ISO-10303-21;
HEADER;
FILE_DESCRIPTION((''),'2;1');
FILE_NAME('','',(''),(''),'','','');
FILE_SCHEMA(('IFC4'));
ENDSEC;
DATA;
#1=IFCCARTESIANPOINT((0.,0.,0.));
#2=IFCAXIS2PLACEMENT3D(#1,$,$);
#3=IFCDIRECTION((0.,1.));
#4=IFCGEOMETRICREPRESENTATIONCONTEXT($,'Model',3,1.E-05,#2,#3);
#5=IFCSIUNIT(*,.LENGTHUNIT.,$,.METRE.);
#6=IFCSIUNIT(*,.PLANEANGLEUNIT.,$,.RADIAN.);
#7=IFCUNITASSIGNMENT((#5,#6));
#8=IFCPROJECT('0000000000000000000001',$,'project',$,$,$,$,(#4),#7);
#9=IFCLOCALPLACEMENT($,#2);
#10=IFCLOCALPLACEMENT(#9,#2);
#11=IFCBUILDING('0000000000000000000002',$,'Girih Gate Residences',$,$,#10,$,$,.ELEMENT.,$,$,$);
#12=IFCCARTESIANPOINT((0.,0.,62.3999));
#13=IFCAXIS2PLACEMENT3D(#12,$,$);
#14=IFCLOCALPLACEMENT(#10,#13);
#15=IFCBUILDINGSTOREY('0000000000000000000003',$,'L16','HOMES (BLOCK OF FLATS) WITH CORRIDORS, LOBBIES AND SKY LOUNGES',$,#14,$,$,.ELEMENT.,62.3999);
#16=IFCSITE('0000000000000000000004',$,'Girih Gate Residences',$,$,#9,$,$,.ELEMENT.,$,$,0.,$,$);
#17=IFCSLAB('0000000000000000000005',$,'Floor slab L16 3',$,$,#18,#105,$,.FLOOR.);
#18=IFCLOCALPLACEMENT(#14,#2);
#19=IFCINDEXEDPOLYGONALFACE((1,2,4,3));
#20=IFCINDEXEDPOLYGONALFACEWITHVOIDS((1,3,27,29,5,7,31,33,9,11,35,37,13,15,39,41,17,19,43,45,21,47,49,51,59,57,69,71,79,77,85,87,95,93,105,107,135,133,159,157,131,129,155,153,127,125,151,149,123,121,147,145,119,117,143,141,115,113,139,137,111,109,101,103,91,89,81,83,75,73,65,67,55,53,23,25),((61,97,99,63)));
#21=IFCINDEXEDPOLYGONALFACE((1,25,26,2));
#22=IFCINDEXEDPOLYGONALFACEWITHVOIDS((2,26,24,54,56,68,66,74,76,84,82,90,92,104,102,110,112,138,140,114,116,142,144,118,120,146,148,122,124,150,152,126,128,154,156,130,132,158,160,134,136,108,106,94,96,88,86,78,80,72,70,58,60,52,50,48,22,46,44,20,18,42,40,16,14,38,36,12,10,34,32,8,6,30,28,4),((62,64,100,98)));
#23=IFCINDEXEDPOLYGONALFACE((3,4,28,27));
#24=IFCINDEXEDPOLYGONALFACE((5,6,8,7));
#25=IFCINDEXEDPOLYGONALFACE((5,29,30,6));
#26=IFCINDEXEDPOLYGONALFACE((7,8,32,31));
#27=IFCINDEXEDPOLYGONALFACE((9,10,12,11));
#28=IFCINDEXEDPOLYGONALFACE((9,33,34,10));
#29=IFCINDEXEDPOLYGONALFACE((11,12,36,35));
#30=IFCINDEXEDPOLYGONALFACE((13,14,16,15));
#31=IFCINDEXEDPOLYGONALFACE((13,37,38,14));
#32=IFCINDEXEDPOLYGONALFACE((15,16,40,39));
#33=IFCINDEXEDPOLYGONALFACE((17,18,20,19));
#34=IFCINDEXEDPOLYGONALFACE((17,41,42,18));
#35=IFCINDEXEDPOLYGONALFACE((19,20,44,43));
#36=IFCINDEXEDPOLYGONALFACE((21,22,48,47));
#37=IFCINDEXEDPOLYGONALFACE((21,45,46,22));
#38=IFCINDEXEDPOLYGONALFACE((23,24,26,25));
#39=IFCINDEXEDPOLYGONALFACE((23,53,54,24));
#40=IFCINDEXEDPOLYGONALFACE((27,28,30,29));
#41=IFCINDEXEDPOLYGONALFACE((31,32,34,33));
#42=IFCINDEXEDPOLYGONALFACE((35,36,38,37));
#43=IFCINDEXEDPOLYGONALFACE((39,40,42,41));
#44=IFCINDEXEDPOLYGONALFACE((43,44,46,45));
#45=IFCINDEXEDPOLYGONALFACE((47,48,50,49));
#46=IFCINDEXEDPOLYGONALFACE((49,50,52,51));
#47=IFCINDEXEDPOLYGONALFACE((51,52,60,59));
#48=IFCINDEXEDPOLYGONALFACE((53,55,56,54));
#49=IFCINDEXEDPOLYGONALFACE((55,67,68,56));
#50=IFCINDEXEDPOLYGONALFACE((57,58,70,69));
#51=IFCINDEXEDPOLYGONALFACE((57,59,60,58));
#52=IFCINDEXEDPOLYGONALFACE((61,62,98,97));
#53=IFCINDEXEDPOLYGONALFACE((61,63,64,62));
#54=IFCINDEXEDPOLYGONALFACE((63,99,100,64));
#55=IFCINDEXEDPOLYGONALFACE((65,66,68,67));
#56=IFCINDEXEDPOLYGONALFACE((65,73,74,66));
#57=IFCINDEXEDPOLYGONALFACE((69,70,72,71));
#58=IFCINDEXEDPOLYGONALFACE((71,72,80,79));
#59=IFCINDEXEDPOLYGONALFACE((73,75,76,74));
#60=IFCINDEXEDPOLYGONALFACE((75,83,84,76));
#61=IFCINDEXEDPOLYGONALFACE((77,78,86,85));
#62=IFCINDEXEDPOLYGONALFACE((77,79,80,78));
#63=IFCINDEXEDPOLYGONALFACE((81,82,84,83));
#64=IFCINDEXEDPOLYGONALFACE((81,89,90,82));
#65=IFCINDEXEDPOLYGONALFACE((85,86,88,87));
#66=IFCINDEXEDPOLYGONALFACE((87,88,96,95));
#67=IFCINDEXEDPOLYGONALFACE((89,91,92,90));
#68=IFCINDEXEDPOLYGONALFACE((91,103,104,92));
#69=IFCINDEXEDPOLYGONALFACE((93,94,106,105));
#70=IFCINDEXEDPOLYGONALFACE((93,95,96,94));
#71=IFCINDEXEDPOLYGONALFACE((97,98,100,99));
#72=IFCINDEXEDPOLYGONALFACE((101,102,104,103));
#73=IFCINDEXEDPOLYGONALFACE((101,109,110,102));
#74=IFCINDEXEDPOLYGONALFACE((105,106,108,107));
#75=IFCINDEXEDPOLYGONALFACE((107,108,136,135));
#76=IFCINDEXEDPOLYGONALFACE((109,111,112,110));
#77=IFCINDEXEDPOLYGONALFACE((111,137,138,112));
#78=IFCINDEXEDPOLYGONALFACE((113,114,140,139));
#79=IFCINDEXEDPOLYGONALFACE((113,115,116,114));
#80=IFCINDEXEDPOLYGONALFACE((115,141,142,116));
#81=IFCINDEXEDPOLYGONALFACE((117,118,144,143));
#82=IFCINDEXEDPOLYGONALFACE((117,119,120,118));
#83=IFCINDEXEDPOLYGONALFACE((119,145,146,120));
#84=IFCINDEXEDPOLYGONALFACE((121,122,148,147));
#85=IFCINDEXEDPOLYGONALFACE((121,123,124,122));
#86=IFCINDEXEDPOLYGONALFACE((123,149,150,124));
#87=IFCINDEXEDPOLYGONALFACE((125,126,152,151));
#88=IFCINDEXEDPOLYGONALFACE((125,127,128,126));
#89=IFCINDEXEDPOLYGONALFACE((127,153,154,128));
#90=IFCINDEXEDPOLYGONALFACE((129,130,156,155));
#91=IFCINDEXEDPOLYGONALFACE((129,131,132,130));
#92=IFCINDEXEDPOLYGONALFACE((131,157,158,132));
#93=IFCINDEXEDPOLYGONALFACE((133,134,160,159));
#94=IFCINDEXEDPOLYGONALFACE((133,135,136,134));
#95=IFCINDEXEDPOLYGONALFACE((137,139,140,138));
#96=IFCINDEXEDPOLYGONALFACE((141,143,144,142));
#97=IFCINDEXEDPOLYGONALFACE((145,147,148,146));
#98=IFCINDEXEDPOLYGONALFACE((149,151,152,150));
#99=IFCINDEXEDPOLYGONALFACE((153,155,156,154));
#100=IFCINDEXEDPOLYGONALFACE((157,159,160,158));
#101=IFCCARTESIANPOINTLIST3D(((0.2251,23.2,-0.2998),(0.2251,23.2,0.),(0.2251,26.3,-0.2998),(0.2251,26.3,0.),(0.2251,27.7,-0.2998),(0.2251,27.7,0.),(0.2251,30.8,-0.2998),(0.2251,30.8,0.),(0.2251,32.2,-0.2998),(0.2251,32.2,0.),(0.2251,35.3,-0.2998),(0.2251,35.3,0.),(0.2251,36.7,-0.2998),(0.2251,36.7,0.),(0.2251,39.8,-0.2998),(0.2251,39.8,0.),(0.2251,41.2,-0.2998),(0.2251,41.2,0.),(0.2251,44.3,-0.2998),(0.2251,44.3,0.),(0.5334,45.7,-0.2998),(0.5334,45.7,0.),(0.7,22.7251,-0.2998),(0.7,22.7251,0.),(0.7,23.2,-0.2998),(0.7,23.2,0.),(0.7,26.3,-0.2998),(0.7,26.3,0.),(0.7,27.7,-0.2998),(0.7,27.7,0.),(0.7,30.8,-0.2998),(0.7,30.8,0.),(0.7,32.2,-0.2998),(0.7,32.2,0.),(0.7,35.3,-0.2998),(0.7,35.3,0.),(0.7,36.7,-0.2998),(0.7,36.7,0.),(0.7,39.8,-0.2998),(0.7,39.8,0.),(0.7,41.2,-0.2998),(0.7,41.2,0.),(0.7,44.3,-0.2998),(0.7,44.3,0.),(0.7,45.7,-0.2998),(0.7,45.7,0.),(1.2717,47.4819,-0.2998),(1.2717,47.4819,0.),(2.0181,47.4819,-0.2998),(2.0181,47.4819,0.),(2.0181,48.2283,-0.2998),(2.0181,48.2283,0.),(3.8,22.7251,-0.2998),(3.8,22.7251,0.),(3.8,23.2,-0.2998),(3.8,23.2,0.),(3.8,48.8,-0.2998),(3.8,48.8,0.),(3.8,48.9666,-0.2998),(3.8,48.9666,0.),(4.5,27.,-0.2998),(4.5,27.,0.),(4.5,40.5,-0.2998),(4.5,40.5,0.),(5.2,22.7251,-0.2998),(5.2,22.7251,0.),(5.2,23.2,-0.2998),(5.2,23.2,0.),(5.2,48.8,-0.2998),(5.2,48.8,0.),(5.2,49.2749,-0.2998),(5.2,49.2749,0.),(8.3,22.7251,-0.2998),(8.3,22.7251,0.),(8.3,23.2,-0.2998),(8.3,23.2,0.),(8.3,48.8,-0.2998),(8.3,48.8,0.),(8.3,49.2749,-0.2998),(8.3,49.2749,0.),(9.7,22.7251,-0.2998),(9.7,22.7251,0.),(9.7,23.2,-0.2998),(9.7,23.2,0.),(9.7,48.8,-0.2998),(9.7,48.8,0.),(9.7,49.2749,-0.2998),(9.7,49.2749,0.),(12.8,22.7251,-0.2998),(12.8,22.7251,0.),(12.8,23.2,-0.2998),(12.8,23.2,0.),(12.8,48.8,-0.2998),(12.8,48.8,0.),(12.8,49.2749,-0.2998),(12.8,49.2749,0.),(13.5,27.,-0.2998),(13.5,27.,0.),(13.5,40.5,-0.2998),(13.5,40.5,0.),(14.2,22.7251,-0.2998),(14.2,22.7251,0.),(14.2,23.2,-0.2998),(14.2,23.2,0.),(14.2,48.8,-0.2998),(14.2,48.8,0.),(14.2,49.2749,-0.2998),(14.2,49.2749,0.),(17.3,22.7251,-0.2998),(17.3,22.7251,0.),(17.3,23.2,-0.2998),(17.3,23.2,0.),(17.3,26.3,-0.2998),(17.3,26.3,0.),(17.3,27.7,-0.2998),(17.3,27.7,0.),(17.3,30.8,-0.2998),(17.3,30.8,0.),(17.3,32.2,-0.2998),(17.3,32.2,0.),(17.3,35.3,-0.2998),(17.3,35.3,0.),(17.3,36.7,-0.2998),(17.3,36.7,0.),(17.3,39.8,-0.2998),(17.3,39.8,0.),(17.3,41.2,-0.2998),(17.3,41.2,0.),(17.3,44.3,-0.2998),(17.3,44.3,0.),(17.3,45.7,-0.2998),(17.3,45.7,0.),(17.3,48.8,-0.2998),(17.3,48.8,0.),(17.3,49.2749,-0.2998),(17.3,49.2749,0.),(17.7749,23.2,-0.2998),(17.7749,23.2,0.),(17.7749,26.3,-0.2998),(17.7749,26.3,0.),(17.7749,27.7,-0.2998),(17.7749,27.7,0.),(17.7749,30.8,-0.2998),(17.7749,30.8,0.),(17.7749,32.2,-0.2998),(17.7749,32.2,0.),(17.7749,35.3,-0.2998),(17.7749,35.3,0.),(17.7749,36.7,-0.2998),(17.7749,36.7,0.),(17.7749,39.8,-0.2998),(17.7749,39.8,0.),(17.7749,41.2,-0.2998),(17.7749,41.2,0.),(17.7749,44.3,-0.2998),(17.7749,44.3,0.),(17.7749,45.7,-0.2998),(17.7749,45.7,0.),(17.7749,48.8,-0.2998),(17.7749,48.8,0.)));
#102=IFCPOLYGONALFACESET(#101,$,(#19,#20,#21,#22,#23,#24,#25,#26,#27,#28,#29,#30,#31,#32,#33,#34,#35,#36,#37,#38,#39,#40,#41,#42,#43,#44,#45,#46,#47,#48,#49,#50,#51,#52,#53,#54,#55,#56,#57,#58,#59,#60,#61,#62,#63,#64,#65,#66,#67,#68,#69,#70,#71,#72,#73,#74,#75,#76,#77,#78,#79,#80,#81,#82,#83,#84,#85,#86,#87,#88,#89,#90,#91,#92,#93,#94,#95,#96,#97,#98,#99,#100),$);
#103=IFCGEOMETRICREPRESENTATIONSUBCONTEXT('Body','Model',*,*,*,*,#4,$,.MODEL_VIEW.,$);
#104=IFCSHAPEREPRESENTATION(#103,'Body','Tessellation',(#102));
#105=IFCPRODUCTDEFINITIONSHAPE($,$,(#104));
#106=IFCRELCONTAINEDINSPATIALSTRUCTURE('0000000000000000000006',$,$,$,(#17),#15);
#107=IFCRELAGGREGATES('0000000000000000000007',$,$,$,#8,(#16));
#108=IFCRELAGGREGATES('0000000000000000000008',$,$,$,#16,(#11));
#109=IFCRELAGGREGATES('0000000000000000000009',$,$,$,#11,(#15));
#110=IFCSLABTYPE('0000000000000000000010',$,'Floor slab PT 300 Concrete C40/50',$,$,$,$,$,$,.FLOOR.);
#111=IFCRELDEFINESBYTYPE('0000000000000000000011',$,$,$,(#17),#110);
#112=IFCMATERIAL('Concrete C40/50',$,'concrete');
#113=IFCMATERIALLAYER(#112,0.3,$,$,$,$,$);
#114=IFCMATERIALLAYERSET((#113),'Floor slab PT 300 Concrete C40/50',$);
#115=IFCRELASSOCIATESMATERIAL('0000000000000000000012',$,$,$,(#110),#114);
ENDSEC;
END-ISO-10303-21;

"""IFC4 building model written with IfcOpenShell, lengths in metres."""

from ifc_helpers import new_model, si_unit, direction, frame, origin, place, context, subcontext, project, spatial, polyline, outline, extrude, material, layer, layer_set, type_object, element, save


model = new_model("IFC4")

# Units and contexts
model_context = context("Model", 3, precision=1e-05, world=origin(), true_north=direction((0.0, 1.0)))
body_context = subcontext(model_context, "Body", "Model", "MODEL_VIEW")
ifc_project = project(units=[si_unit("LENGTHUNIT", "METRE"), si_unit("PLANEANGLEUNIT", "RADIAN")], contexts=[model_context])

# Site, building, storey
site_placement = place(None, origin())
site = spatial("IfcSite", under=ifc_project, at=site_placement, Name="Girih Gate Residences", CompositionType="ELEMENT", RefElevation=0.0)
building_placement = place(site_placement, origin())
building = spatial("IfcBuilding", under=site, at=building_placement, Name="Girih Gate Residences", CompositionType="ELEMENT")
storey_placement = place(building_placement, frame((0.0, 0.0, 62.3999)))
storey = spatial("IfcBuildingStorey", under=building, at=storey_placement, Name="L16", Description="HOMES (BLOCK OF FLATS) WITH CORRIDORS, LOBBIES AND SKY LOUNGES", CompositionType="ELEMENT", Elevation=62.3999)

# Slab
ifc_material_1 = material(Name="Concrete C40/50", Category="concrete")
ifc_layer_1 = layer(ifc_material_1, 0.3)
ifc_layer_set_1 = layer_set([ifc_layer_1], Name="Floor slab PT 300 Concrete C40/50")
slab_type_1 = type_object("IfcSlabType", Name="Floor slab PT 300 Concrete C40/50", PredefinedType="FLOOR", material=ifc_layer_set_1)
slab_1_placement = place(storey_placement, frame((0.0, 0.0, -0.2998)))
element("IfcSlab", 1, at=slab_1_placement, inside=storey, type_object=slab_type_1, Name="Floor slab L16 3", PredefinedType="FLOOR", context=body_context, shape_type="SweptSolid", body=[
    extrude(outline(polyline([(0.2251, 26.3), (0.2251, 23.2), (0.7, 23.2), (0.7, 22.7251), (3.8, 22.7251), (3.8, 23.2), (5.2, 23.2), (5.2, 22.7251), (8.3, 22.7251), (8.3, 23.2), (9.7, 23.2), (9.7, 22.7251), (12.8, 22.7251), (12.8, 23.2), (14.2, 23.2), (14.2, 22.7251), (17.3, 22.7251), (17.3, 23.2), (17.7749, 23.2), (17.7749, 26.3), (17.3, 26.3), (17.3, 27.7), (17.7749, 27.7), (17.7749, 30.8), (17.3, 30.8), (17.3, 32.2), (17.7749, 32.2), (17.7749, 35.3), (17.3, 35.3), (17.3, 36.7), (17.7749, 36.7), (17.7749, 39.8), (17.3, 39.8), (17.3, 41.2), (17.7749, 41.2), (17.7749, 44.3), (17.3, 44.3), (17.3, 45.7), (17.7749, 45.7), (17.7749, 48.8), (17.3, 48.8), (17.3, 49.2749), (14.2, 49.2749), (14.2, 48.8), (12.8, 48.8), (12.8, 49.2749), (9.7, 49.2749), (9.7, 48.8), (8.3, 48.8), (8.3, 49.2749), (5.2, 49.2749), (5.2, 48.8), (3.8, 48.8), (3.8, 48.9666), (2.0181, 48.2283), (2.0181, 47.4819), (1.2717, 47.4819), (0.5334, 45.7), (0.7, 45.7), (0.7, 44.3), (0.2251, 44.3), (0.2251, 41.2), (0.7, 41.2), (0.7, 39.8), (0.2251, 39.8), (0.2251, 36.7), (0.7, 36.7), (0.7, 35.3), (0.2251, 35.3), (0.2251, 32.2), (0.7, 32.2), (0.7, 30.8), (0.2251, 30.8), (0.2251, 27.7), (0.7, 27.7), (0.7, 26.3), (0.2251, 26.3)]), holes=[polyline([(13.5, 40.5), (13.5, 27.0), (4.5, 27.0), (4.5, 40.5), (13.5, 40.5)])]), origin(), (0.0, 0.0, 1.0), 0.2998),
])

save(model, "model.ifc")
